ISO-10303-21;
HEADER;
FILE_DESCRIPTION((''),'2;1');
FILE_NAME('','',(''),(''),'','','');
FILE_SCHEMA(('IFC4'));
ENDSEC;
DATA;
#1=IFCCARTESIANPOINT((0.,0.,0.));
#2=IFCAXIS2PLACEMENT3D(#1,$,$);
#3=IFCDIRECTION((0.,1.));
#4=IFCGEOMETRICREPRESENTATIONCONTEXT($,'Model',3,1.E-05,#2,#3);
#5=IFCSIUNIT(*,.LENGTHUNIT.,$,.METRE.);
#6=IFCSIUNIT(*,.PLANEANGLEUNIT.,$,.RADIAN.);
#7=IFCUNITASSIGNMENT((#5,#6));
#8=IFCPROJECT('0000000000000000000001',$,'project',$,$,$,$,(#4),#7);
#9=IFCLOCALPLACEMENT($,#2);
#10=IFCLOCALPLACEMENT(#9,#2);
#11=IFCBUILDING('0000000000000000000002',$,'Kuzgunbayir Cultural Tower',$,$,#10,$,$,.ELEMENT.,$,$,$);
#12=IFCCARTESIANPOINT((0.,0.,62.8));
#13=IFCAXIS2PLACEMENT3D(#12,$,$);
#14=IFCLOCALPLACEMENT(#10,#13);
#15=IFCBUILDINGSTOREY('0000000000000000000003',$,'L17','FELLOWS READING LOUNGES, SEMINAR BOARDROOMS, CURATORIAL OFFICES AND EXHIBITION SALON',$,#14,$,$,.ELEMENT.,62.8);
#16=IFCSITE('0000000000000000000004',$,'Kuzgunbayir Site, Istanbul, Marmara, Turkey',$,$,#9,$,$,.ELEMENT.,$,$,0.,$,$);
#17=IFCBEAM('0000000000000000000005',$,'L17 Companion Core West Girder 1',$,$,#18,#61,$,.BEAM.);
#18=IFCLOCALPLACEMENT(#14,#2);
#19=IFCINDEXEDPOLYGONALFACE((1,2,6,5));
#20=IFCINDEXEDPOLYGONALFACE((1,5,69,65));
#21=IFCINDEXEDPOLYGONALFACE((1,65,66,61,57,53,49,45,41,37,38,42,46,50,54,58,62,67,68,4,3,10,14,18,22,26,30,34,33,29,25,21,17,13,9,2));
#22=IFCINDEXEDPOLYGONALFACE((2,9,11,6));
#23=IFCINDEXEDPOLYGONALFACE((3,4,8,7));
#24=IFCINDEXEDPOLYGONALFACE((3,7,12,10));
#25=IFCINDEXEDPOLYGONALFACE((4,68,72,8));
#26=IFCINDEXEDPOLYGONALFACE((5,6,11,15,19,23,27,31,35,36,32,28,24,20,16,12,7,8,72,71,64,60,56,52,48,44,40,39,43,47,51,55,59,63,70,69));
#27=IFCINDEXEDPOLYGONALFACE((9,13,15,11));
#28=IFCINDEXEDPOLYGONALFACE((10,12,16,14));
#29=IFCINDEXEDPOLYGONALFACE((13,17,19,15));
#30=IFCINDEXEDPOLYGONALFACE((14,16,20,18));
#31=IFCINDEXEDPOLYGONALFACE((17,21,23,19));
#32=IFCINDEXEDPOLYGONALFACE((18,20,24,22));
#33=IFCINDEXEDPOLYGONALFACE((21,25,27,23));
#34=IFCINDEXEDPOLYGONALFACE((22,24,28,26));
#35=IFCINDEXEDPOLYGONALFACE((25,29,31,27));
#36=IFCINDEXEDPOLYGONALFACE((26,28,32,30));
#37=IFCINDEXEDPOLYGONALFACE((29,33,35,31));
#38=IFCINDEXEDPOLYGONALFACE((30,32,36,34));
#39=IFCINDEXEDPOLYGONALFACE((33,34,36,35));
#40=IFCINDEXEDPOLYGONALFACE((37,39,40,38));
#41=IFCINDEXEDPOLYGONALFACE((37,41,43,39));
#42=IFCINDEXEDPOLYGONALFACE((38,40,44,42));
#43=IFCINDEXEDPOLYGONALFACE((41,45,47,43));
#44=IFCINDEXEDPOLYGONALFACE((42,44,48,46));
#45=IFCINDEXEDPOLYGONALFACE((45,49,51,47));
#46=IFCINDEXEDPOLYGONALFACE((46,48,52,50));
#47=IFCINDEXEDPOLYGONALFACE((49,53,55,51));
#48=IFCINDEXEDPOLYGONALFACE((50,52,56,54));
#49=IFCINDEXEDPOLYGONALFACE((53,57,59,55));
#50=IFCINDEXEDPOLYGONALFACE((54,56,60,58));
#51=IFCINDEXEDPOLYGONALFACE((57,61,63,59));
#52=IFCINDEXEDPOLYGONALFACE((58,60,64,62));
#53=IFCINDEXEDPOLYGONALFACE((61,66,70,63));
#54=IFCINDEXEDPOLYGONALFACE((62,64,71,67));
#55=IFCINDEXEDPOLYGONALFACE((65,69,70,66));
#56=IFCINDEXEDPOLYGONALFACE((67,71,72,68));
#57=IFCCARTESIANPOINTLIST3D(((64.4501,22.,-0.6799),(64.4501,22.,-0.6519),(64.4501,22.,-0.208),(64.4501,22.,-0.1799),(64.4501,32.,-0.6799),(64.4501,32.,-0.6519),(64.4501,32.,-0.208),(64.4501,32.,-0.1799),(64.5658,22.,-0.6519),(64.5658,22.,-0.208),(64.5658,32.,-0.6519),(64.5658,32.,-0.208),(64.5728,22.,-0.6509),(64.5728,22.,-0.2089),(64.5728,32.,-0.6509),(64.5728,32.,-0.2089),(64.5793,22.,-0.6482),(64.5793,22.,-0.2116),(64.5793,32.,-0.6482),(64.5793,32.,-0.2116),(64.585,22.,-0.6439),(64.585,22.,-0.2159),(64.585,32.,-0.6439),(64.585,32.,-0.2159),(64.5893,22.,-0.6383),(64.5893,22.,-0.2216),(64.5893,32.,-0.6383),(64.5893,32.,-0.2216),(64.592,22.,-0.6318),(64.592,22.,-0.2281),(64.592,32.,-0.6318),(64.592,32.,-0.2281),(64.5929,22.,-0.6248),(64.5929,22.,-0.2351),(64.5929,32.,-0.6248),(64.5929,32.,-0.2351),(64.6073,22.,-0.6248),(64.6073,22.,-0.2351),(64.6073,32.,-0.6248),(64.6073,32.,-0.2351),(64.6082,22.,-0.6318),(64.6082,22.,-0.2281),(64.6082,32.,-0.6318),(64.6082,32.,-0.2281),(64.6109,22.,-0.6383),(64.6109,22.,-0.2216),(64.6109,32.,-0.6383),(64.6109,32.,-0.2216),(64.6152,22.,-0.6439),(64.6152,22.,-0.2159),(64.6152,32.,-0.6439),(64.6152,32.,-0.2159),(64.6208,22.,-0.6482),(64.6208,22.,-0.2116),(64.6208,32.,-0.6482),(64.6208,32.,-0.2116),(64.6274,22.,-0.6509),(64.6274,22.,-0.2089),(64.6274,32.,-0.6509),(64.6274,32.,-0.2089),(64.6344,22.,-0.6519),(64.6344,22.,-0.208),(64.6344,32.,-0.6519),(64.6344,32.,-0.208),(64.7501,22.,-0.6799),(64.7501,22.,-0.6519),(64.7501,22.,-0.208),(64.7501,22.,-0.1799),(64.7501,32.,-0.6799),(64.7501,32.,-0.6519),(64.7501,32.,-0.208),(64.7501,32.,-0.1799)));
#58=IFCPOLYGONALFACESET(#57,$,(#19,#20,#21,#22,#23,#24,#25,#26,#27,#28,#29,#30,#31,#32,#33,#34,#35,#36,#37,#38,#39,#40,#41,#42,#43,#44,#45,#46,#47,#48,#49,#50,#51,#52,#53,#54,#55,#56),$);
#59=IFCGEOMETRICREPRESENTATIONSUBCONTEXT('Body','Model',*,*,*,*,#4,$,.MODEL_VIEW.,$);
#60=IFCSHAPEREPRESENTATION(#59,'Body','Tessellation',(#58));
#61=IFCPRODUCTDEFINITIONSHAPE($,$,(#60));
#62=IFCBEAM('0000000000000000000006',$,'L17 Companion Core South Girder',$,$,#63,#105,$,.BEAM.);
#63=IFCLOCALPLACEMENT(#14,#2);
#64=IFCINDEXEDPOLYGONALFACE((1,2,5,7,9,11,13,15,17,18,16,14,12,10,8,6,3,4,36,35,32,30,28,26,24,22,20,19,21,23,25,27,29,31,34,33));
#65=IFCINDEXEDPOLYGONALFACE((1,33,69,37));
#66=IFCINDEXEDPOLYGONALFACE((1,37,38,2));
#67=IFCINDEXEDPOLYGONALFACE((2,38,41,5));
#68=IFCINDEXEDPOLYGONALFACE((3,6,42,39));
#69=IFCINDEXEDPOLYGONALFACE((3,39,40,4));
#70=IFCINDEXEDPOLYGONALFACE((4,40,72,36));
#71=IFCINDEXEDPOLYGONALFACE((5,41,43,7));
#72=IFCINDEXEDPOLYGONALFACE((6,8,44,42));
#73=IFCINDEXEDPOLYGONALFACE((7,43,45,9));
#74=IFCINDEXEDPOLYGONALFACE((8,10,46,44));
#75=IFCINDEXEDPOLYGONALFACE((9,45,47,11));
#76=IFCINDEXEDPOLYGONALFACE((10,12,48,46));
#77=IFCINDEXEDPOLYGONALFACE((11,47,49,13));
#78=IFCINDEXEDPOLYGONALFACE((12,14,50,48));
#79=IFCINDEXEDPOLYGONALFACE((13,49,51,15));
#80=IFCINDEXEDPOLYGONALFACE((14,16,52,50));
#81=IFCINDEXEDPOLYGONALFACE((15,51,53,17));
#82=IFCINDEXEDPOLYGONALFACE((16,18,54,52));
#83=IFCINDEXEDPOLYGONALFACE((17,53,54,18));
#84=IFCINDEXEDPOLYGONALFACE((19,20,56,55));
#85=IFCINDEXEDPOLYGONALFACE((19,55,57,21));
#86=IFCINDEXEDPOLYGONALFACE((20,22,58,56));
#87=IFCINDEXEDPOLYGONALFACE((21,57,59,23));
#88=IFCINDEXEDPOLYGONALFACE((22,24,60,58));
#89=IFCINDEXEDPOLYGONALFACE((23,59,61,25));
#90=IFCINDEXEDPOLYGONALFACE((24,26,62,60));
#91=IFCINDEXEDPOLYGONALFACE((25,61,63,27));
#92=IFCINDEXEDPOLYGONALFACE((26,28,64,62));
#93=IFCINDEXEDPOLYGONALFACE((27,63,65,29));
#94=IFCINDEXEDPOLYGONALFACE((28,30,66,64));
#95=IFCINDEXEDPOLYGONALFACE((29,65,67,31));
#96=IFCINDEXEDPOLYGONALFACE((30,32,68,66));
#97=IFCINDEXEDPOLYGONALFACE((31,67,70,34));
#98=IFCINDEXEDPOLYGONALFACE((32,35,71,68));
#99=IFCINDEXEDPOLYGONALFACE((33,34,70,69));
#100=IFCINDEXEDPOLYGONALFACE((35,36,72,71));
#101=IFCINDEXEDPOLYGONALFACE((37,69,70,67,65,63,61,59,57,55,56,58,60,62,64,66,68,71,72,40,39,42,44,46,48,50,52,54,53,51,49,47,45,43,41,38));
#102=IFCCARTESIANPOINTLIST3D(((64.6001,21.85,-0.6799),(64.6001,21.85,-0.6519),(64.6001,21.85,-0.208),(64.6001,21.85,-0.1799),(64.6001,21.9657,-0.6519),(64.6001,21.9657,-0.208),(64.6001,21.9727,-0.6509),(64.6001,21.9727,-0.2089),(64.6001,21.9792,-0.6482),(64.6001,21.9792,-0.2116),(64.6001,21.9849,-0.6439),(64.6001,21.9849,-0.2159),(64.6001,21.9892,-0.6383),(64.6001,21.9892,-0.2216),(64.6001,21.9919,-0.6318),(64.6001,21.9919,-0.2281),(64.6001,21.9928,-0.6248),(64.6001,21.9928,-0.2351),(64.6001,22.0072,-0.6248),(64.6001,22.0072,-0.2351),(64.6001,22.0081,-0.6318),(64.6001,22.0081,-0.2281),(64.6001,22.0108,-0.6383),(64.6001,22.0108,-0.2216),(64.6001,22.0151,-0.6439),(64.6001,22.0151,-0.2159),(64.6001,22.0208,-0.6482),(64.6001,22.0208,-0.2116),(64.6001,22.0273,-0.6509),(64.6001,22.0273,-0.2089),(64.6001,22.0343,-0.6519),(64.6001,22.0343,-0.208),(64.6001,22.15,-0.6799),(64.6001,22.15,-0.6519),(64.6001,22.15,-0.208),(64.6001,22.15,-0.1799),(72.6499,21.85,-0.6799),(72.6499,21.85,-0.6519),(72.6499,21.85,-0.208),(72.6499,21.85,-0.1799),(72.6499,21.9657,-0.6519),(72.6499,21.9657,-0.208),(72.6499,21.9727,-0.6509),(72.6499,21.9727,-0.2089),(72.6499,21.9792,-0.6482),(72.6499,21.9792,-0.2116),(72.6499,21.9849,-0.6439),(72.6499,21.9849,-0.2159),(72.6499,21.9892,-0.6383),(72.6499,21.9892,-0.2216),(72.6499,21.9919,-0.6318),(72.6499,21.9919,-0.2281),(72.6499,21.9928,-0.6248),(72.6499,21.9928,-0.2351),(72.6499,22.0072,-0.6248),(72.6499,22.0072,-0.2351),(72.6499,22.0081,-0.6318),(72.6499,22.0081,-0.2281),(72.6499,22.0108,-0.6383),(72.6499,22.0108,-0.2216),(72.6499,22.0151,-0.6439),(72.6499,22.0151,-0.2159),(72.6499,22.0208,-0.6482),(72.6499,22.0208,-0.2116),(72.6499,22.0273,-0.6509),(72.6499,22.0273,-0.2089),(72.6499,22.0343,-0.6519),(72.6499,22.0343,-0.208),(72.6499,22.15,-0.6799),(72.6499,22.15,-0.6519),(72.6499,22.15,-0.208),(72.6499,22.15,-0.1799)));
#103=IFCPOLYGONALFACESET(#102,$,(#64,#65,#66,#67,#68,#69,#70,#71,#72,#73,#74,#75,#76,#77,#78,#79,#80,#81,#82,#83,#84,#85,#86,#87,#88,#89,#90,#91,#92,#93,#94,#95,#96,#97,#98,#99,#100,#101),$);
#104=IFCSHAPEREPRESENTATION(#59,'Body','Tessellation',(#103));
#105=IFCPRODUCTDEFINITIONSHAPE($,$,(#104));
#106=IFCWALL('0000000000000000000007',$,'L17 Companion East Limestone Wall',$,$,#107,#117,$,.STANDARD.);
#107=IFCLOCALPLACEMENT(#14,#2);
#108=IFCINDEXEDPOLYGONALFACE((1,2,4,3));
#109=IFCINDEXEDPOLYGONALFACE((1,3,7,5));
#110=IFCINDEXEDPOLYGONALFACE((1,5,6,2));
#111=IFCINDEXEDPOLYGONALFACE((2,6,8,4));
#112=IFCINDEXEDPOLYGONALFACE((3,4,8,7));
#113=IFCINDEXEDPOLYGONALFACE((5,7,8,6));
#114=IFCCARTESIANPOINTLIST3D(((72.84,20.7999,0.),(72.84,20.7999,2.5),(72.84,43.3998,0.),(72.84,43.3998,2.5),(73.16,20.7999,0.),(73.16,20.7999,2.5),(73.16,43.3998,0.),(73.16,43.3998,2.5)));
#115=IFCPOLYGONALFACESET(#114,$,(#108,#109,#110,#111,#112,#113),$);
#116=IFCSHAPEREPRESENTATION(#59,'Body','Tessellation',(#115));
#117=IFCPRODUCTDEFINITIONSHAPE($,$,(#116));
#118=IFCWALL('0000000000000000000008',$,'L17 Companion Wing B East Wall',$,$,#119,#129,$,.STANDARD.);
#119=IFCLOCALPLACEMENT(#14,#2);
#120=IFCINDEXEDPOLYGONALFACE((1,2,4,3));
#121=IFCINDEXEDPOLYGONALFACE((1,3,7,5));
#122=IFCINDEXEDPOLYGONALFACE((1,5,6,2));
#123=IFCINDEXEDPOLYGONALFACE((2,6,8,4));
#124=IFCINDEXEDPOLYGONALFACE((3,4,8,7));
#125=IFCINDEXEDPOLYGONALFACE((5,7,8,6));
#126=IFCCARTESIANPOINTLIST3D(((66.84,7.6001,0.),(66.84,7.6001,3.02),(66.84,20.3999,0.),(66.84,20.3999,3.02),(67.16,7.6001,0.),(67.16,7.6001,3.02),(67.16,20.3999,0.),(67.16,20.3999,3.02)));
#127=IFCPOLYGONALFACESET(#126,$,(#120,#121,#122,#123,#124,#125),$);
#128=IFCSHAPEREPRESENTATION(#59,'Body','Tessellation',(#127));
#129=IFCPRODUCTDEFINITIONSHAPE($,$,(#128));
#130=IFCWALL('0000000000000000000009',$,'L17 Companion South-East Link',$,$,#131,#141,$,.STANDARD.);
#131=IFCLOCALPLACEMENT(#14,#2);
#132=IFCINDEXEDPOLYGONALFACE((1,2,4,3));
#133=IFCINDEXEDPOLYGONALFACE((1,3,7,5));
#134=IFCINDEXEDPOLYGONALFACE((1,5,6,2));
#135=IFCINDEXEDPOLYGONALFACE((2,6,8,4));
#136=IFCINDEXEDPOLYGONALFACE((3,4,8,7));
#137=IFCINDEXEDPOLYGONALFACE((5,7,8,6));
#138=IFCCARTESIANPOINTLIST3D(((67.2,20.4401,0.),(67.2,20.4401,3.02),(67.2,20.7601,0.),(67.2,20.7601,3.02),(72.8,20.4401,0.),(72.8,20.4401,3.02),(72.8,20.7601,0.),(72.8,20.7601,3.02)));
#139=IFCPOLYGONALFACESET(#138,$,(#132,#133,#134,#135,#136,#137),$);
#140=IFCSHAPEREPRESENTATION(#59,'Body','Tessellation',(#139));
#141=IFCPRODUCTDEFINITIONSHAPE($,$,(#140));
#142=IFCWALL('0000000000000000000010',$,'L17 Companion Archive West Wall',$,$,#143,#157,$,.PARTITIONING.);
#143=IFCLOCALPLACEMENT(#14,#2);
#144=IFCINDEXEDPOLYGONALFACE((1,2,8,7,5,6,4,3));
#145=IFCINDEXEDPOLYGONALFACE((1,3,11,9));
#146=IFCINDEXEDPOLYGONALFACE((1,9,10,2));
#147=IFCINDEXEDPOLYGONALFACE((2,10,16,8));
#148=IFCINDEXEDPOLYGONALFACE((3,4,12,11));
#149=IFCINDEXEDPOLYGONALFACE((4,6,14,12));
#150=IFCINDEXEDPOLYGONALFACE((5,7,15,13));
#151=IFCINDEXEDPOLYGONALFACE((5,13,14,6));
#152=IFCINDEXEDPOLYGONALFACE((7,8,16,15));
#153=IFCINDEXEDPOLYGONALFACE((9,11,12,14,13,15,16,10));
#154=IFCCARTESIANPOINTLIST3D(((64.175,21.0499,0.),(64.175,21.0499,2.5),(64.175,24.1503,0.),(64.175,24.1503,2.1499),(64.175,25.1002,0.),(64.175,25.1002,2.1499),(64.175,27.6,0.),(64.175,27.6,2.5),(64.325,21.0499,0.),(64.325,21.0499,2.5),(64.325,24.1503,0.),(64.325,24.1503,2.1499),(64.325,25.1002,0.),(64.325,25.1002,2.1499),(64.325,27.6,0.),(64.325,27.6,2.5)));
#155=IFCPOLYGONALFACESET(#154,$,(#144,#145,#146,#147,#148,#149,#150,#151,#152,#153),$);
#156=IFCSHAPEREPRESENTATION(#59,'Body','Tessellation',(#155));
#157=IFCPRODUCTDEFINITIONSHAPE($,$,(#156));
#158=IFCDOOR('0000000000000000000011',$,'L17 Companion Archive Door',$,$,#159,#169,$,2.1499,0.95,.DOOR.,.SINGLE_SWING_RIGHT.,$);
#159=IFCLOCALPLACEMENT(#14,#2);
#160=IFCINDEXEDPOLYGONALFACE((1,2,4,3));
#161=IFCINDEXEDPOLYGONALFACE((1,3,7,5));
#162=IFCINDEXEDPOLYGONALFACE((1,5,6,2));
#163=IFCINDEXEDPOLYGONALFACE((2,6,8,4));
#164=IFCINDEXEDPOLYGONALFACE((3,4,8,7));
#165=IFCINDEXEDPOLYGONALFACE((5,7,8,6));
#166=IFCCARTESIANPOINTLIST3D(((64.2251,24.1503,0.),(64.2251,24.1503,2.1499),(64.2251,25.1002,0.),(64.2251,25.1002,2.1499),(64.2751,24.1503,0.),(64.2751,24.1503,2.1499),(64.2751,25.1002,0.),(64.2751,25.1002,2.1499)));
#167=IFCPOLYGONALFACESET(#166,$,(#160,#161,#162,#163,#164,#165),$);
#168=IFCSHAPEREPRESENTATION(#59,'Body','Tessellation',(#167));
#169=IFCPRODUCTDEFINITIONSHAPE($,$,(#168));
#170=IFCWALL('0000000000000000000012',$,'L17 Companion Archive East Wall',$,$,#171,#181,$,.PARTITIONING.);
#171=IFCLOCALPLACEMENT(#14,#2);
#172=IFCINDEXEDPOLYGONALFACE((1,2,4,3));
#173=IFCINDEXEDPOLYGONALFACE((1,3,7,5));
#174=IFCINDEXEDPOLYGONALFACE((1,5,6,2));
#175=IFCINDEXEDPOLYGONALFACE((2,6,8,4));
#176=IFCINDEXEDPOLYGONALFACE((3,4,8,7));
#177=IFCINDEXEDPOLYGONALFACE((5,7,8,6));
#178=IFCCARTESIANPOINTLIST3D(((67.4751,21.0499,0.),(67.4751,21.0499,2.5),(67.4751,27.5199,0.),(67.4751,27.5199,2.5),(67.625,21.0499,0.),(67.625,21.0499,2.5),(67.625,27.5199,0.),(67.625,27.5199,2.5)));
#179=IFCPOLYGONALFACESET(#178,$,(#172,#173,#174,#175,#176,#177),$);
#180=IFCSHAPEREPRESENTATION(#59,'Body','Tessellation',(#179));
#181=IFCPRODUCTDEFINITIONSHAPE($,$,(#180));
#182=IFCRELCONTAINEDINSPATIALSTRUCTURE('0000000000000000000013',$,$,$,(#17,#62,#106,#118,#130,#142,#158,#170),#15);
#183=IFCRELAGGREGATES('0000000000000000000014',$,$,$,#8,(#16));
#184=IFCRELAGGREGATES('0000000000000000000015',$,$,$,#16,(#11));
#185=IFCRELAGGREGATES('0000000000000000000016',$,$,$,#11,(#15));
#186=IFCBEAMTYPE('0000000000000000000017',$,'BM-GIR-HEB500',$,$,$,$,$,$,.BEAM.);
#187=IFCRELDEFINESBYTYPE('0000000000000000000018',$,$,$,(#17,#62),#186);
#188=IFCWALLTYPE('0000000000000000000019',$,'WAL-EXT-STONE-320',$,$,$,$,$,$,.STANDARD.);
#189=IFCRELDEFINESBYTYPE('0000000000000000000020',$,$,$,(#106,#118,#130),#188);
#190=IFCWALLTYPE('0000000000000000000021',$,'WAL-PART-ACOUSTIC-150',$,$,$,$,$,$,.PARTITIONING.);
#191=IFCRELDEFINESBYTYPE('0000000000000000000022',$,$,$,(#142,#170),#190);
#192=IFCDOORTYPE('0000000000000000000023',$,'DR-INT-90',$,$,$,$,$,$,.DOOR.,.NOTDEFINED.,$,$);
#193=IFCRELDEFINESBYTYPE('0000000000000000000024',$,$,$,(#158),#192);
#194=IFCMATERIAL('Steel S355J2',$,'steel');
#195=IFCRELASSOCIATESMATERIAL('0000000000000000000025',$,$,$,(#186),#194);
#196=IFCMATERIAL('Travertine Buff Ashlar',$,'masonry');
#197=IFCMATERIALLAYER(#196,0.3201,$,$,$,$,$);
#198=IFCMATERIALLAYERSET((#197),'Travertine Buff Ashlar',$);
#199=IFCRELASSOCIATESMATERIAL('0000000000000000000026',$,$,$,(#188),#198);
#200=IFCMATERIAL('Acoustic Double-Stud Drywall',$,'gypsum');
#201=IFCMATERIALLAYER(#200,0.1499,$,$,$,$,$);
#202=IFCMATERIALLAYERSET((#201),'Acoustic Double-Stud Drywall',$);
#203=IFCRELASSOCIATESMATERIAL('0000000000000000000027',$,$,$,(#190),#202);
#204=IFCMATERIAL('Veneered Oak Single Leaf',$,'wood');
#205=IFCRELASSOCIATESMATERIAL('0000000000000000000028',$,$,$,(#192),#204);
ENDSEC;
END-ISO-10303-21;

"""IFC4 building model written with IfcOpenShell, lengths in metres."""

from ifc_helpers import new_model, si_unit, direction, frame, frame_2d, origin, origin_2d, place, context, subcontext, project, spatial, rectangle, i_section, extrude, material, layer, layer_set, material_profile, profile_set, type_object, element, fill, save


model = new_model("IFC4")

# Units and contexts
model_context = context("Model", 3, precision=1e-05, world=origin(), true_north=direction((0.0, 1.0)))
body_context = subcontext(model_context, "Body", "Model", "MODEL_VIEW")
ifc_project = project(units=[si_unit("LENGTHUNIT", "METRE"), si_unit("PLANEANGLEUNIT", "RADIAN")], contexts=[model_context])

# Site, building, storey
site_placement = place(None, origin())
site = spatial("IfcSite", under=ifc_project, at=site_placement, Name="Kuzgunbayir Site, Istanbul, Marmara, Turkey", CompositionType="ELEMENT", RefElevation=0.0)
building_placement = place(site_placement, origin())
building = spatial("IfcBuilding", under=site, at=building_placement, Name="Kuzgunbayir Cultural Tower", CompositionType="ELEMENT")
storey_placement = place(building_placement, frame((0.0, 0.0, 62.8)))
storey = spatial("IfcBuildingStorey", under=building, at=storey_placement, Name="L17", Description="FELLOWS READING LOUNGES, SEMINAR BOARDROOMS, CURATORIAL OFFICES AND EXHIBITION SALON", CompositionType="ELEMENT", Elevation=62.8)

# Beams
ifc_material_1 = material(Name="Steel S355J2", Category="steel")
ifc_material_profile_1 = material_profile(ifc_material_1, i_section(OverallWidth=0.3, OverallDepth=0.5, WebThickness=0.0144, FlangeThickness=0.0281, FilletRadius=0.0271, at=origin_2d()), Name="HEB 500")
ifc_profile_set_1 = profile_set([ifc_material_profile_1], Name="Steel S355J2")
beam_type_1 = type_object("IfcBeamType", Name="BM-GIR-HEB500", PredefinedType="BEAM", material=ifc_profile_set_1)
beam_1_placement = place(storey_placement, frame((64.6001, 22.0, -0.4299), z_axis=(0.0, 1.0, 0.0), x_axis=(-1.0, 0.0, 0.0)))
element("IfcBeam", 1, at=beam_1_placement, inside=storey, type_object=beam_type_1, Name="L17 Companion Core West Girder 1", PredefinedType="BEAM", context=body_context, shape_type="SweptSolid", body=[
    extrude(i_section(OverallWidth=0.3, OverallDepth=0.5, WebThickness=0.0144, FlangeThickness=0.0281, FilletRadius=0.0271, at=origin_2d()), origin(), (0.0, 0.0, 1.0), 10.0),
])
beam_2_placement = place(storey_placement, frame((64.6001, 22.0, -0.4299), z_axis=(1.0, 0.0, 0.0), x_axis=(0.0, 1.0, 0.0)))
element("IfcBeam", 2, at=beam_2_placement, inside=storey, type_object=beam_type_1, Name="L17 Companion Core South Girder", PredefinedType="BEAM", context=body_context, shape_type="SweptSolid", body=[
    extrude(i_section(OverallWidth=0.3, OverallDepth=0.5, WebThickness=0.0144, FlangeThickness=0.0281, FilletRadius=0.0271, at=origin_2d()), origin(), (0.0, 0.0, 1.0), 8.0498),
])

# Walls
ifc_material_2 = material(Name="Travertine Buff Ashlar", Category="masonry")
ifc_layer_1 = layer(ifc_material_2, 0.3201)
ifc_layer_set_1 = layer_set([ifc_layer_1], Name="Travertine Buff Ashlar")
wall_type_1 = type_object("IfcWallType", Name="WAL-EXT-STONE-320", PredefinedType="STANDARD", material=ifc_layer_set_1)
wall_1_placement = place(storey_placement, frame((73.0, 20.8, 0.0), z_axis=(0.0, 0.0, 1.0), x_axis=(0.0, 1.0, 0.0)))
element("IfcWall", 3, at=wall_1_placement, inside=storey, type_object=wall_type_1, Name="L17 Companion East Limestone Wall", PredefinedType="STANDARD", context=body_context, shape_type="SweptSolid", body=[
    extrude(rectangle(XDim=22.5999, YDim=0.3201, at=frame_2d((11.2998, 0.0))), origin(), (0.0, 0.0, 1.0), 2.5),
])
wall_2_placement = place(storey_placement, frame((67.0, 7.6001, 0.0), z_axis=(0.0, 0.0, 1.0), x_axis=(0.0, 1.0, 0.0)))
element("IfcWall", 4, at=wall_2_placement, inside=storey, type_object=wall_type_1, Name="L17 Companion Wing B East Wall", PredefinedType="STANDARD", context=body_context, shape_type="SweptSolid", body=[
    extrude(rectangle(XDim=12.7998, YDim=0.3201, at=frame_2d((6.3999, 0.0))), origin(), (0.0, 0.0, 1.0), 3.02),
])
wall_3_placement = place(storey_placement, frame((67.2, 20.6001, 0.0), z_axis=(0.0, 0.0, 1.0), x_axis=(1.0, 0.0, 0.0)))
element("IfcWall", 5, at=wall_3_placement, inside=storey, type_object=wall_type_1, Name="L17 Companion South-East Link", PredefinedType="STANDARD", context=body_context, shape_type="SweptSolid", body=[
    extrude(rectangle(XDim=5.6001, YDim=0.3201, at=frame_2d((2.8, 0.0))), origin(), (0.0, 0.0, 1.0), 3.02),
])

# Wall, opening, door
ifc_material_3 = material(Name="Acoustic Double-Stud Drywall", Category="gypsum")
ifc_layer_2 = layer(ifc_material_3, 0.1499)
ifc_layer_set_2 = layer_set([ifc_layer_2], Name="Acoustic Double-Stud Drywall")
wall_type_2 = type_object("IfcWallType", Name="WAL-PART-ACOUSTIC-150", PredefinedType="PARTITIONING", material=ifc_layer_set_2)
wall_4_placement = place(storey_placement, frame((64.25, 21.05, 0.0), z_axis=(0.0, 0.0, 1.0), x_axis=(0.0, 1.0, 0.0)))
wall_4 = element("IfcWall", 6, at=wall_4_placement, inside=storey, type_object=wall_type_2, Name="L17 Companion Archive West Wall", PredefinedType="PARTITIONING", context=body_context, shape_type="SweptSolid", body=[
    extrude(rectangle(XDim=6.55, YDim=0.1499, at=frame_2d((3.2749, 0.0))), origin(), (0.0, 0.0, 1.0), 2.5),
])
opening_1_placement = place(wall_4_placement, frame((3.1001, 0.0, 0.0)))
opening_1 = element("IfcOpeningElement", 7, at=opening_1_placement, cuts=wall_4, PredefinedType="OPENING", context=body_context, shape_type="SweptSolid", body=[
    extrude(rectangle(XDim=0.95, YDim=2.1499, at=frame_2d((0.4751, 1.075))), frame((0.0, 0.085, 0.0), z_axis=(0.0, -1.0, 0.0), x_axis=(1.0, 0.0, 0.0)), (0.0, 0.0, 1.0), 0.1699),
])
ifc_material_4 = material(Name="Veneered Oak Single Leaf", Category="wood")
door_type_1 = type_object("IfcDoorType", Name="DR-INT-90", OperationType="NOTDEFINED", PredefinedType="DOOR", material=ifc_material_4)
door_1_placement = place(opening_1_placement, origin())
door_1 = element("IfcDoor", 8, at=door_1_placement, inside=storey, type_object=door_type_1, Name="L17 Companion Archive Door", OperationType="SINGLE_SWING_RIGHT", OverallHeight=2.1499, OverallWidth=0.95, PredefinedType="DOOR", context=body_context, shape_type="SweptSolid", body=[
    extrude(rectangle(XDim=0.95, YDim=2.1499, at=frame_2d((0.4751, 1.075))), frame((0.0, 0.0249, 0.0), z_axis=(0.0, -1.0, 0.0), x_axis=(1.0, 0.0, 0.0)), (0.0, 0.0, 1.0), 0.05),
])
fill(opening_1, door_1)

# Wall
wall_5_placement = place(storey_placement, frame((67.55, 21.05, 0.0), z_axis=(0.0, 0.0, 1.0), x_axis=(0.0, 1.0, 0.0)))
element("IfcWall", 9, at=wall_5_placement, inside=storey, type_object=wall_type_2, Name="L17 Companion Archive East Wall", PredefinedType="PARTITIONING", context=body_context, shape_type="SweptSolid", body=[
    extrude(rectangle(XDim=6.47, YDim=0.1499, at=frame_2d((3.2349, 0.0))), origin(), (0.0, 0.0, 1.0), 2.5),
])

save(model, "model.ifc")
